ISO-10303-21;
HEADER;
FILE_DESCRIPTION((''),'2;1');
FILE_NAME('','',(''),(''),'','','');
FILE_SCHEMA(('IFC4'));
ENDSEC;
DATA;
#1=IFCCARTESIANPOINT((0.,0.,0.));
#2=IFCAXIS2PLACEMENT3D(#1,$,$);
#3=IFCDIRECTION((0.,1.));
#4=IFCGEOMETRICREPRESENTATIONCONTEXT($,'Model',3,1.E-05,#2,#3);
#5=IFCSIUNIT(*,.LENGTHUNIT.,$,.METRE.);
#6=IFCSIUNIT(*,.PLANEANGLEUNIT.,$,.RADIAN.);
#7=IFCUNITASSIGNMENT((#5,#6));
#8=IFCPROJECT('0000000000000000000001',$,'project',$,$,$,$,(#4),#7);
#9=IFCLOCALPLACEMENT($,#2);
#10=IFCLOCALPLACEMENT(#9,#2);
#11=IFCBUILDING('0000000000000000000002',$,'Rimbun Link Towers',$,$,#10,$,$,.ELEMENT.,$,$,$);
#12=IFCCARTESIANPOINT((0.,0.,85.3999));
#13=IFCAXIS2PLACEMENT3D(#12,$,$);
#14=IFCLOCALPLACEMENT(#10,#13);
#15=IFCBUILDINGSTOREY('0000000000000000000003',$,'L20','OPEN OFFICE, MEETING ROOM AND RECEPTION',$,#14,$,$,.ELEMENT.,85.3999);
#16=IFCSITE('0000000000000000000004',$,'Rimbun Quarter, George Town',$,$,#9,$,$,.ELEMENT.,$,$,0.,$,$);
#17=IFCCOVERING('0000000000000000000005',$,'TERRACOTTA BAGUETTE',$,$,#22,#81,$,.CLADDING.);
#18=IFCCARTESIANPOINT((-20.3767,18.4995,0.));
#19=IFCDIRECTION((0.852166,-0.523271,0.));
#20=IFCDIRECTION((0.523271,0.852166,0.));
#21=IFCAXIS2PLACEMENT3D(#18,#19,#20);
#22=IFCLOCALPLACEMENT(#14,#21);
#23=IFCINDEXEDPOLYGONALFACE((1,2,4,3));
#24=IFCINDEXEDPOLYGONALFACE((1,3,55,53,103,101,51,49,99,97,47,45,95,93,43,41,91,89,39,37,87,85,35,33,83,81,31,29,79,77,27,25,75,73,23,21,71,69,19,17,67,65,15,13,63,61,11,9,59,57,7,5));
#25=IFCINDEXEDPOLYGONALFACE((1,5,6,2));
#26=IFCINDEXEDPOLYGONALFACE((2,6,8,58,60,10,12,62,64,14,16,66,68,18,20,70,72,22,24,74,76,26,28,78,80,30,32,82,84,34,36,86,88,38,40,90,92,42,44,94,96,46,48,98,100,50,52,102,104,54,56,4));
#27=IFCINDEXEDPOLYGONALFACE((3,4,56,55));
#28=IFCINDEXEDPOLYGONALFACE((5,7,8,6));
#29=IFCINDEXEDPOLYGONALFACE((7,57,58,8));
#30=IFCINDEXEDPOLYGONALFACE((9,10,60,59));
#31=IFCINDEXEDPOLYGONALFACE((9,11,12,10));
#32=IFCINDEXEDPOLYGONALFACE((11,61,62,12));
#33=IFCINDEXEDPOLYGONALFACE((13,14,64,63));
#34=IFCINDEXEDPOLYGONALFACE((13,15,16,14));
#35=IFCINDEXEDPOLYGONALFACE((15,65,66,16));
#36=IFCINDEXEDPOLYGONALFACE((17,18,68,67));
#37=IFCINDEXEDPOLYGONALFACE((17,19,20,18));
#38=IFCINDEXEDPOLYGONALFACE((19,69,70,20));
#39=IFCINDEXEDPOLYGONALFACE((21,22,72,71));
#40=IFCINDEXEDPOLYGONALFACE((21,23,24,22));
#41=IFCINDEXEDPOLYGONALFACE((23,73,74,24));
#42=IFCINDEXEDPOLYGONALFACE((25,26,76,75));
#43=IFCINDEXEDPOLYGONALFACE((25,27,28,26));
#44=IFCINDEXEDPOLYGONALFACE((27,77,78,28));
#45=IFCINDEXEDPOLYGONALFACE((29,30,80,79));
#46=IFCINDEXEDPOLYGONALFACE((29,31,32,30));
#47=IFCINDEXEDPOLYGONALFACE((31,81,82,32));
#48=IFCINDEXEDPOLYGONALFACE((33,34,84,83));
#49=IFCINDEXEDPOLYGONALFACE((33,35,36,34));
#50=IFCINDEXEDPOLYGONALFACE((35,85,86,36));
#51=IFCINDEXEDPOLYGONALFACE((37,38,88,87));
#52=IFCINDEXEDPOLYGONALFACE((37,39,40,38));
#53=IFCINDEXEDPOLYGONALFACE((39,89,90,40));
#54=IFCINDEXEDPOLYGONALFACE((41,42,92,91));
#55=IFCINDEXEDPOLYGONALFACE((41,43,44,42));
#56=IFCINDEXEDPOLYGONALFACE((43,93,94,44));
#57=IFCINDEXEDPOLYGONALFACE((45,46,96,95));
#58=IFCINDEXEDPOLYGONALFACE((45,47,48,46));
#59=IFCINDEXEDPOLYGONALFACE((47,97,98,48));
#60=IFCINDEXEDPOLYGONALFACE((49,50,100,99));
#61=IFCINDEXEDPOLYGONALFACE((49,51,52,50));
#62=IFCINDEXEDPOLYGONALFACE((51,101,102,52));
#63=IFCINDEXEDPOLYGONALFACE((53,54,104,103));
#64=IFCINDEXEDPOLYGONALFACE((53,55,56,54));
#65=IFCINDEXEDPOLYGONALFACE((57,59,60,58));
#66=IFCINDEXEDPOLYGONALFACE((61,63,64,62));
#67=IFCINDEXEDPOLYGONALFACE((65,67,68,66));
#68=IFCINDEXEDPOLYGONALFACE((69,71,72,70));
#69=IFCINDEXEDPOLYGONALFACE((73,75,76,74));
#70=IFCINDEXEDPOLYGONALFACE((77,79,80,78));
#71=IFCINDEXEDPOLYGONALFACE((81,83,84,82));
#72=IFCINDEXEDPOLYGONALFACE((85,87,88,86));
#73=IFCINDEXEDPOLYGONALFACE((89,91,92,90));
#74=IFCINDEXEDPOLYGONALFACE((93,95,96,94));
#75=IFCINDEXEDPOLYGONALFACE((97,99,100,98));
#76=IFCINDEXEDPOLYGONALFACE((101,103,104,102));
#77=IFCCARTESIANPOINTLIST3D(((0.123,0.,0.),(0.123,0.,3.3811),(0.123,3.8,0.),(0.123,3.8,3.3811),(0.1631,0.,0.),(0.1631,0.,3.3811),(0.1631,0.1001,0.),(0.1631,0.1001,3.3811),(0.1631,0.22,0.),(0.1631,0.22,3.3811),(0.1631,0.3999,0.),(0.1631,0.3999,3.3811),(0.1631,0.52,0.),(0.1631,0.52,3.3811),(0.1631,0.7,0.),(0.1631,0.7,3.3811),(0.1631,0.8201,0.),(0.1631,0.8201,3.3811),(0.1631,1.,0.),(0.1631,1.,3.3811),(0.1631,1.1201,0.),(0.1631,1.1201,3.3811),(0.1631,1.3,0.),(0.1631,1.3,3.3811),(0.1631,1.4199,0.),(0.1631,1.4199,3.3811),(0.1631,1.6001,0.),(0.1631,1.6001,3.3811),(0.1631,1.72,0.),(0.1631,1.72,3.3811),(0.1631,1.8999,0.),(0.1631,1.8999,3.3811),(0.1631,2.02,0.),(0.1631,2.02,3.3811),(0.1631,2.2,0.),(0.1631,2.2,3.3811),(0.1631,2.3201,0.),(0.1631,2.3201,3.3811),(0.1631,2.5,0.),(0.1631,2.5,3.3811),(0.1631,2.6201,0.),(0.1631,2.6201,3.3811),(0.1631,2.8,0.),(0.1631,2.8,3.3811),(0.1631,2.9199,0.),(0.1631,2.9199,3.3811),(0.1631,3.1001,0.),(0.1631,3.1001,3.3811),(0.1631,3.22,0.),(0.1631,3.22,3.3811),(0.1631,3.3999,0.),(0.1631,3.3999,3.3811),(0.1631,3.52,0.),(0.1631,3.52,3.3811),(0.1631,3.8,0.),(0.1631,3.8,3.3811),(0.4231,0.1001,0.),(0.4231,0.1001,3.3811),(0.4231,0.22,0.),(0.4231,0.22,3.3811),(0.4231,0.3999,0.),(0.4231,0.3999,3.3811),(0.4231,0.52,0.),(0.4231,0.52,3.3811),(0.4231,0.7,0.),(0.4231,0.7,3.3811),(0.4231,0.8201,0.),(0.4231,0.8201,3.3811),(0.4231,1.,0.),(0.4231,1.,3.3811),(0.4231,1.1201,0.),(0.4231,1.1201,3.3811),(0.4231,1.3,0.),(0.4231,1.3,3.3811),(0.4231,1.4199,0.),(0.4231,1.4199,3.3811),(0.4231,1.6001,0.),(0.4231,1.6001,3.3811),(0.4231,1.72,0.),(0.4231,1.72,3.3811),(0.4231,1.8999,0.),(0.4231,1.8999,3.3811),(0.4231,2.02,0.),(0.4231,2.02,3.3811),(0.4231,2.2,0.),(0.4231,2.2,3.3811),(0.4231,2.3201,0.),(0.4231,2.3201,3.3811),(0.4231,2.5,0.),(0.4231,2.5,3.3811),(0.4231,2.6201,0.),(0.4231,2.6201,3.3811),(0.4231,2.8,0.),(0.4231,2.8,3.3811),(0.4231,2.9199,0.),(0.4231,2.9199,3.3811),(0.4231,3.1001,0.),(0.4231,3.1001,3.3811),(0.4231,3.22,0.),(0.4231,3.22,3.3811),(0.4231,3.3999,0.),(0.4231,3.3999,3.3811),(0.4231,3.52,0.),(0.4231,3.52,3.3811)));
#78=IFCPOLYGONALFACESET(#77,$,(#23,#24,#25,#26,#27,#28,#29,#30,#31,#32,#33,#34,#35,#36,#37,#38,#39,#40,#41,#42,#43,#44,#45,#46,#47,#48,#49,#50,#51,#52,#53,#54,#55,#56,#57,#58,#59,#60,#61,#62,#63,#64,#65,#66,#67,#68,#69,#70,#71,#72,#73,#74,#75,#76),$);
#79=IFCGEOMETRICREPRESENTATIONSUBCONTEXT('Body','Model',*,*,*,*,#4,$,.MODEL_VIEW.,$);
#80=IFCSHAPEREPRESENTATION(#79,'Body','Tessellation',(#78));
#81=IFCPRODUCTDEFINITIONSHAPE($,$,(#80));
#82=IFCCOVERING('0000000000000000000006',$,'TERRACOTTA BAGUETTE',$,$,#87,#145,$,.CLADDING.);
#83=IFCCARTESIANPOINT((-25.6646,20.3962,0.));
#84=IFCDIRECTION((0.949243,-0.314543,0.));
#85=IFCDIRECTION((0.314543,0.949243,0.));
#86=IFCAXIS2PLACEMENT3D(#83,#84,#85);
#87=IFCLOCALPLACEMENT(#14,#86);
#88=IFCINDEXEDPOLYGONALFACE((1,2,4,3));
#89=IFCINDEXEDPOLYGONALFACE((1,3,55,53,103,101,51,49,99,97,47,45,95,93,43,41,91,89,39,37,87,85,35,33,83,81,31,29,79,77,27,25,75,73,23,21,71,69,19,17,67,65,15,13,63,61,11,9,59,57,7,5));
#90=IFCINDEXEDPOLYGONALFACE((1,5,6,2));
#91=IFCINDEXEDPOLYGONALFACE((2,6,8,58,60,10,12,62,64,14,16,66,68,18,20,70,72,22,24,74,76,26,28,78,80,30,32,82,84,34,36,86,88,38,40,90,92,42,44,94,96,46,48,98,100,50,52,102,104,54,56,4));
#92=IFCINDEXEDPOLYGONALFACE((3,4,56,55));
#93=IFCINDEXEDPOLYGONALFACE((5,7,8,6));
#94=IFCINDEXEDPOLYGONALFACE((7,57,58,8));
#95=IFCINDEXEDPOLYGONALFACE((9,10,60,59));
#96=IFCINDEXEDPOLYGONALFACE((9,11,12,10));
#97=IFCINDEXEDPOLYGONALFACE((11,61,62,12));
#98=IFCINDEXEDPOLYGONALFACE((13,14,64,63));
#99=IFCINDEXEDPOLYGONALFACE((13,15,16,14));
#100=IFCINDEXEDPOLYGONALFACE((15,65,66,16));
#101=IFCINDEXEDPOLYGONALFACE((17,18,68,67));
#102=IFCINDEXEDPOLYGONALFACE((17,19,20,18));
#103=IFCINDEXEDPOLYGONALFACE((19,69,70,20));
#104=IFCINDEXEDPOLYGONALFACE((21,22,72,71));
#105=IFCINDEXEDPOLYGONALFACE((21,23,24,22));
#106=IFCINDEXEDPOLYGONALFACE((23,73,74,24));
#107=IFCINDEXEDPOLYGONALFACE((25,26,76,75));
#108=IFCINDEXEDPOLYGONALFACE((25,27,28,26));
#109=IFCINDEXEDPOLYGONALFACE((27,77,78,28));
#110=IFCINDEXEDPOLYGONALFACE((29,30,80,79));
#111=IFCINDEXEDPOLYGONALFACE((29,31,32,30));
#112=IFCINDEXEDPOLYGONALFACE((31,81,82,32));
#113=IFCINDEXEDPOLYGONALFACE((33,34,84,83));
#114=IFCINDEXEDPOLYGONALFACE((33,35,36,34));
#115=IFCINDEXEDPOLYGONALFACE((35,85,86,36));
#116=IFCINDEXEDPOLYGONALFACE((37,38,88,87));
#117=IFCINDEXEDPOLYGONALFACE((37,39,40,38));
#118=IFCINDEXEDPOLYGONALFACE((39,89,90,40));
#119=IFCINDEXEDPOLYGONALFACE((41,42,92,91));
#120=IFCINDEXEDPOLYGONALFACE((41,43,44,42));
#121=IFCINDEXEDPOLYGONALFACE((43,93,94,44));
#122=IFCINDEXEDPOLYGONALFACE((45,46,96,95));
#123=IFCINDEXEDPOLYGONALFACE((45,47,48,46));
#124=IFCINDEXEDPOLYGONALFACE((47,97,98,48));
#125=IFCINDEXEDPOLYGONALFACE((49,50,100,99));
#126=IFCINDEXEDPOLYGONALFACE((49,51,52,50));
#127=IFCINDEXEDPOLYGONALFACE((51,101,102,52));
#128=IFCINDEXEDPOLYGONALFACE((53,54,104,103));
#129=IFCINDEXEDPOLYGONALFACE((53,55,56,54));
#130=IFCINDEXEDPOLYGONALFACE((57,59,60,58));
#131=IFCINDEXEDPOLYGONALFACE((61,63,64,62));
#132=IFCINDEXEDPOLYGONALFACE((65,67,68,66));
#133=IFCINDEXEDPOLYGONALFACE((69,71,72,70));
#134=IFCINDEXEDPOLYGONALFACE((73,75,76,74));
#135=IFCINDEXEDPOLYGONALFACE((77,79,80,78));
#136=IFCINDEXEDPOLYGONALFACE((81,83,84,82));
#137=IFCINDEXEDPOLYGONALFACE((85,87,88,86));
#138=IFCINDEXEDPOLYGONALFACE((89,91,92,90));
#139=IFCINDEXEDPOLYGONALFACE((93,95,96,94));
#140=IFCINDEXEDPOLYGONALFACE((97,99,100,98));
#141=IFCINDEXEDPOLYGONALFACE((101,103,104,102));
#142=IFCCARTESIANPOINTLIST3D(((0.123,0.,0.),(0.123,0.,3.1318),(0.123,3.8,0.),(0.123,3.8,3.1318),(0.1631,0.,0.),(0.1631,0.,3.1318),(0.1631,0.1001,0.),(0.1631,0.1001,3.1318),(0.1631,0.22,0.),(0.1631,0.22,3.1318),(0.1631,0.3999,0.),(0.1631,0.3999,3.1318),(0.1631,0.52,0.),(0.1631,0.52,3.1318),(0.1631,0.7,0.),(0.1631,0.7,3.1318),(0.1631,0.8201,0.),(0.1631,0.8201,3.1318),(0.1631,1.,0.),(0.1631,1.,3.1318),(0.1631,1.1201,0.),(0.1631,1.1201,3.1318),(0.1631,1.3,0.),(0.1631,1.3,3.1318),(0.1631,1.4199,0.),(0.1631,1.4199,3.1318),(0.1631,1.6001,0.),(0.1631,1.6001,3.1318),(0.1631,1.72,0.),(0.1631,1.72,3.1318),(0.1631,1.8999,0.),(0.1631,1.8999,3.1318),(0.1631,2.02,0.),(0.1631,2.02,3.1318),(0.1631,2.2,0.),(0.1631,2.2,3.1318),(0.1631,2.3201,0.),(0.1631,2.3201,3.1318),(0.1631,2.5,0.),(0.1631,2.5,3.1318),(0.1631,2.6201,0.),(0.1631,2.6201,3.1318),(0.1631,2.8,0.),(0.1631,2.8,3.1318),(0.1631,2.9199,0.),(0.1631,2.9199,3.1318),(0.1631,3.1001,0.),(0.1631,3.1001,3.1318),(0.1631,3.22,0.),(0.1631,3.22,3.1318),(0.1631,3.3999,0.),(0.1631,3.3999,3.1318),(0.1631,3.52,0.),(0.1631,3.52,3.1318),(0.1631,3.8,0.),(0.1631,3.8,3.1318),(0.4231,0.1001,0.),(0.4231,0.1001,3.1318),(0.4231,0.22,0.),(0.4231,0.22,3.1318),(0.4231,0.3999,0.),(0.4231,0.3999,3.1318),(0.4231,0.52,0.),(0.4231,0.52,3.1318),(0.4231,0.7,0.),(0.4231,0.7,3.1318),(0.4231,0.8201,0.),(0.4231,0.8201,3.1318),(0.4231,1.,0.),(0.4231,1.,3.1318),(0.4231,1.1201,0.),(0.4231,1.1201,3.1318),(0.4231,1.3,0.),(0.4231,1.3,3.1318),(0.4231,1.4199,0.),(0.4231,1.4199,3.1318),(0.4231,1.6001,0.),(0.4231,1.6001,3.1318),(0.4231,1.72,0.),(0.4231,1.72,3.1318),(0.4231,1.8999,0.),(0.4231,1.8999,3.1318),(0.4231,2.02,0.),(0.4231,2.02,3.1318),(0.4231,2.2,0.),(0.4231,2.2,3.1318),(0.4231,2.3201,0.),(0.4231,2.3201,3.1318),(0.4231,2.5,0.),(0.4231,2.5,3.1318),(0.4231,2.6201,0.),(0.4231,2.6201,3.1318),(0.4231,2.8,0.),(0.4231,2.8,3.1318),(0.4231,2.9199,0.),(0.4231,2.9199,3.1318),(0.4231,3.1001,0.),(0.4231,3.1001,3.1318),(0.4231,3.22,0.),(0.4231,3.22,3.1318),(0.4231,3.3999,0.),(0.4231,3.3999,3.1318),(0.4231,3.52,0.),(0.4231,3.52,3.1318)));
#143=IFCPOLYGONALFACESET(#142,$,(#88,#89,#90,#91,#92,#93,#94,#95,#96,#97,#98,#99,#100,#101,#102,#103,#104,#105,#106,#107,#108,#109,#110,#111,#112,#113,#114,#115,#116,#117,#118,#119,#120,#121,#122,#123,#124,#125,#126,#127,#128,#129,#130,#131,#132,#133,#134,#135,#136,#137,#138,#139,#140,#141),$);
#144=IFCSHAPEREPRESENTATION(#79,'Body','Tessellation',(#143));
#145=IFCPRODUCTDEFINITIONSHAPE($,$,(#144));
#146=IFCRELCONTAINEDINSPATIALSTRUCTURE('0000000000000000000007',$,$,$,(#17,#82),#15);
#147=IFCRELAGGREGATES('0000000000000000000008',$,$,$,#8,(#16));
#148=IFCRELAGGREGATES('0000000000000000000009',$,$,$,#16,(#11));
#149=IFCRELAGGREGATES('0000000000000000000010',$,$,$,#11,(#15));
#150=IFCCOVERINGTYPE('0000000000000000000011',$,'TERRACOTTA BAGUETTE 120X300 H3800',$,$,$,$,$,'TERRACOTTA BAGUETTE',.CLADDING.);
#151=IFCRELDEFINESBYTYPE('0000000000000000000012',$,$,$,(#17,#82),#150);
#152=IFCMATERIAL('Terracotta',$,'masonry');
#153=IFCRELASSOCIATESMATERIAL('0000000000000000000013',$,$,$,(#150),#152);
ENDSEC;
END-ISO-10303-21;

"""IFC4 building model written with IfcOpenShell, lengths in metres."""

from ifc_helpers import new_model, si_unit, direction, frame, origin, place, context, subcontext, project, spatial, polyline, outline, extrude, material, material_profile, profile_set, type_object, element, save


model = new_model("IFC4")

# Units and contexts
model_context = context("Model", 3, precision=1e-05, world=origin(), true_north=direction((0.0, 1.0)))
body_context = subcontext(model_context, "Body", "Model", "MODEL_VIEW")
ifc_project = project(units=[si_unit("LENGTHUNIT", "METRE"), si_unit("PLANEANGLEUNIT", "RADIAN")], contexts=[model_context])

# Site, building, storey
site_placement = place(None, origin())
site = spatial("IfcSite", under=ifc_project, at=site_placement, Name="Rimbun Quarter, George Town", CompositionType="ELEMENT", RefElevation=0.0)
building_placement = place(site_placement, origin())
building = spatial("IfcBuilding", under=site, at=building_placement, Name="Rimbun Link Towers", CompositionType="ELEMENT")
storey_placement = place(building_placement, frame((0.0, 0.0, 85.3999)))
storey = spatial("IfcBuildingStorey", under=building, at=storey_placement, Name="L20", Description="OPEN OFFICE, MEETING ROOM AND RECEPTION", CompositionType="ELEMENT", Elevation=85.3999)

# Coverings
ifc_material_1 = material(Name="Terracotta", Category="masonry")
ifc_material_profile_1 = material_profile(ifc_material_1, outline(polyline([(0.123, 0.0), (0.1631, 0.0), (0.1631, 0.1001), (0.4231, 0.1001), (0.4231, 0.22), (0.1631, 0.22), (0.1631, 0.3999), (0.4231, 0.3999), (0.4231, 0.52), (0.1631, 0.52), (0.1631, 0.7), (0.4231, 0.7), (0.4231, 0.8201), (0.1631, 0.8201), (0.1631, 1.0), (0.4231, 1.0), (0.4231, 1.1201), (0.1631, 1.1201), (0.1631, 1.3), (0.4231, 1.3), (0.4231, 1.4199), (0.1631, 1.4199), (0.1631, 1.6001), (0.4231, 1.6001), (0.4231, 1.72), (0.1631, 1.72), (0.1631, 1.8999), (0.4231, 1.8999), (0.4231, 2.02), (0.1631, 2.02), (0.1631, 2.2), (0.4231, 2.2), (0.4231, 2.3201), (0.1631, 2.3201), (0.1631, 2.5), (0.4231, 2.5), (0.4231, 2.6201), (0.1631, 2.6201), (0.1631, 2.8), (0.4231, 2.8), (0.4231, 2.9199), (0.1631, 2.9199), (0.1631, 3.1001), (0.4231, 3.1001), (0.4231, 3.22), (0.1631, 3.22), (0.1631, 3.3999), (0.4231, 3.3999), (0.4231, 3.52), (0.1631, 3.52), (0.1631, 3.8), (0.123, 3.8), (0.123, 0.0)])), Name="BAGUETTE 120X300")
ifc_profile_set_1 = profile_set([ifc_material_profile_1], Name="Terracotta")
covering_type = type_object("IfcCoveringType", Name="TERRACOTTA BAGUETTE 120X300 H3800", ElementType="TERRACOTTA BAGUETTE", PredefinedType="CLADDING", material=ifc_profile_set_1)
covering_1_placement = place(storey_placement, frame((-20.3767, 18.4995, 0.0), z_axis=(0.852166, -0.523271, 0.0), x_axis=(0.523271, 0.852166, 0.0)))
element("IfcCovering", 1, at=covering_1_placement, inside=storey, type_object=covering_type, Name="TERRACOTTA BAGUETTE", PredefinedType="CLADDING", context=body_context, shape_type="SweptSolid", body=[
    extrude(outline(polyline([(0.123, 0.0), (0.1631, 0.0), (0.1631, 0.1001), (0.4231, 0.1001), (0.4231, 0.22), (0.1631, 0.22), (0.1631, 0.3999), (0.4231, 0.3999), (0.4231, 0.52), (0.1631, 0.52), (0.1631, 0.7), (0.4231, 0.7), (0.4231, 0.8201), (0.1631, 0.8201), (0.1631, 1.0), (0.4231, 1.0), (0.4231, 1.1201), (0.1631, 1.1201), (0.1631, 1.3), (0.4231, 1.3), (0.4231, 1.4199), (0.1631, 1.4199), (0.1631, 1.6001), (0.4231, 1.6001), (0.4231, 1.72), (0.1631, 1.72), (0.1631, 1.8999), (0.4231, 1.8999), (0.4231, 2.02), (0.1631, 2.02), (0.1631, 2.2), (0.4231, 2.2), (0.4231, 2.3201), (0.1631, 2.3201), (0.1631, 2.5), (0.4231, 2.5), (0.4231, 2.6201), (0.1631, 2.6201), (0.1631, 2.8), (0.4231, 2.8), (0.4231, 2.9199), (0.1631, 2.9199), (0.1631, 3.1001), (0.4231, 3.1001), (0.4231, 3.22), (0.1631, 3.22), (0.1631, 3.3999), (0.4231, 3.3999), (0.4231, 3.52), (0.1631, 3.52), (0.1631, 3.8), (0.123, 3.8), (0.123, 0.0)])), origin(), (0.0, 0.0, 1.0), 3.3811),
])
covering_2_placement = place(storey_placement, frame((-25.6646, 20.3962, 0.0), z_axis=(0.949243, -0.314543, 0.0), x_axis=(0.314543, 0.949243, 0.0)))
element("IfcCovering", 2, at=covering_2_placement, inside=storey, type_object=covering_type, Name="TERRACOTTA BAGUETTE", PredefinedType="CLADDING", context=body_context, shape_type="SweptSolid", body=[
    extrude(outline(polyline([(0.123, 0.0), (0.1631, 0.0), (0.1631, 0.1001), (0.4231, 0.1001), (0.4231, 0.22), (0.1631, 0.22), (0.1631, 0.3999), (0.4231, 0.3999), (0.4231, 0.52), (0.1631, 0.52), (0.1631, 0.7), (0.4231, 0.7), (0.4231, 0.8201), (0.1631, 0.8201), (0.1631, 1.0), (0.4231, 1.0), (0.4231, 1.1201), (0.1631, 1.1201), (0.1631, 1.3), (0.4231, 1.3), (0.4231, 1.4199), (0.1631, 1.4199), (0.1631, 1.6001), (0.4231, 1.6001), (0.4231, 1.72), (0.1631, 1.72), (0.1631, 1.8999), (0.4231, 1.8999), (0.4231, 2.02), (0.1631, 2.02), (0.1631, 2.2), (0.4231, 2.2), (0.4231, 2.3201), (0.1631, 2.3201), (0.1631, 2.5), (0.4231, 2.5), (0.4231, 2.6201), (0.1631, 2.6201), (0.1631, 2.8), (0.4231, 2.8), (0.4231, 2.9199), (0.1631, 2.9199), (0.1631, 3.1001), (0.4231, 3.1001), (0.4231, 3.22), (0.1631, 3.22), (0.1631, 3.3999), (0.4231, 3.3999), (0.4231, 3.52), (0.1631, 3.52), (0.1631, 3.8), (0.123, 3.8), (0.123, 0.0)])), origin(), (0.0, 0.0, 1.0), 3.1318),
])

save(model, "model.ifc")
